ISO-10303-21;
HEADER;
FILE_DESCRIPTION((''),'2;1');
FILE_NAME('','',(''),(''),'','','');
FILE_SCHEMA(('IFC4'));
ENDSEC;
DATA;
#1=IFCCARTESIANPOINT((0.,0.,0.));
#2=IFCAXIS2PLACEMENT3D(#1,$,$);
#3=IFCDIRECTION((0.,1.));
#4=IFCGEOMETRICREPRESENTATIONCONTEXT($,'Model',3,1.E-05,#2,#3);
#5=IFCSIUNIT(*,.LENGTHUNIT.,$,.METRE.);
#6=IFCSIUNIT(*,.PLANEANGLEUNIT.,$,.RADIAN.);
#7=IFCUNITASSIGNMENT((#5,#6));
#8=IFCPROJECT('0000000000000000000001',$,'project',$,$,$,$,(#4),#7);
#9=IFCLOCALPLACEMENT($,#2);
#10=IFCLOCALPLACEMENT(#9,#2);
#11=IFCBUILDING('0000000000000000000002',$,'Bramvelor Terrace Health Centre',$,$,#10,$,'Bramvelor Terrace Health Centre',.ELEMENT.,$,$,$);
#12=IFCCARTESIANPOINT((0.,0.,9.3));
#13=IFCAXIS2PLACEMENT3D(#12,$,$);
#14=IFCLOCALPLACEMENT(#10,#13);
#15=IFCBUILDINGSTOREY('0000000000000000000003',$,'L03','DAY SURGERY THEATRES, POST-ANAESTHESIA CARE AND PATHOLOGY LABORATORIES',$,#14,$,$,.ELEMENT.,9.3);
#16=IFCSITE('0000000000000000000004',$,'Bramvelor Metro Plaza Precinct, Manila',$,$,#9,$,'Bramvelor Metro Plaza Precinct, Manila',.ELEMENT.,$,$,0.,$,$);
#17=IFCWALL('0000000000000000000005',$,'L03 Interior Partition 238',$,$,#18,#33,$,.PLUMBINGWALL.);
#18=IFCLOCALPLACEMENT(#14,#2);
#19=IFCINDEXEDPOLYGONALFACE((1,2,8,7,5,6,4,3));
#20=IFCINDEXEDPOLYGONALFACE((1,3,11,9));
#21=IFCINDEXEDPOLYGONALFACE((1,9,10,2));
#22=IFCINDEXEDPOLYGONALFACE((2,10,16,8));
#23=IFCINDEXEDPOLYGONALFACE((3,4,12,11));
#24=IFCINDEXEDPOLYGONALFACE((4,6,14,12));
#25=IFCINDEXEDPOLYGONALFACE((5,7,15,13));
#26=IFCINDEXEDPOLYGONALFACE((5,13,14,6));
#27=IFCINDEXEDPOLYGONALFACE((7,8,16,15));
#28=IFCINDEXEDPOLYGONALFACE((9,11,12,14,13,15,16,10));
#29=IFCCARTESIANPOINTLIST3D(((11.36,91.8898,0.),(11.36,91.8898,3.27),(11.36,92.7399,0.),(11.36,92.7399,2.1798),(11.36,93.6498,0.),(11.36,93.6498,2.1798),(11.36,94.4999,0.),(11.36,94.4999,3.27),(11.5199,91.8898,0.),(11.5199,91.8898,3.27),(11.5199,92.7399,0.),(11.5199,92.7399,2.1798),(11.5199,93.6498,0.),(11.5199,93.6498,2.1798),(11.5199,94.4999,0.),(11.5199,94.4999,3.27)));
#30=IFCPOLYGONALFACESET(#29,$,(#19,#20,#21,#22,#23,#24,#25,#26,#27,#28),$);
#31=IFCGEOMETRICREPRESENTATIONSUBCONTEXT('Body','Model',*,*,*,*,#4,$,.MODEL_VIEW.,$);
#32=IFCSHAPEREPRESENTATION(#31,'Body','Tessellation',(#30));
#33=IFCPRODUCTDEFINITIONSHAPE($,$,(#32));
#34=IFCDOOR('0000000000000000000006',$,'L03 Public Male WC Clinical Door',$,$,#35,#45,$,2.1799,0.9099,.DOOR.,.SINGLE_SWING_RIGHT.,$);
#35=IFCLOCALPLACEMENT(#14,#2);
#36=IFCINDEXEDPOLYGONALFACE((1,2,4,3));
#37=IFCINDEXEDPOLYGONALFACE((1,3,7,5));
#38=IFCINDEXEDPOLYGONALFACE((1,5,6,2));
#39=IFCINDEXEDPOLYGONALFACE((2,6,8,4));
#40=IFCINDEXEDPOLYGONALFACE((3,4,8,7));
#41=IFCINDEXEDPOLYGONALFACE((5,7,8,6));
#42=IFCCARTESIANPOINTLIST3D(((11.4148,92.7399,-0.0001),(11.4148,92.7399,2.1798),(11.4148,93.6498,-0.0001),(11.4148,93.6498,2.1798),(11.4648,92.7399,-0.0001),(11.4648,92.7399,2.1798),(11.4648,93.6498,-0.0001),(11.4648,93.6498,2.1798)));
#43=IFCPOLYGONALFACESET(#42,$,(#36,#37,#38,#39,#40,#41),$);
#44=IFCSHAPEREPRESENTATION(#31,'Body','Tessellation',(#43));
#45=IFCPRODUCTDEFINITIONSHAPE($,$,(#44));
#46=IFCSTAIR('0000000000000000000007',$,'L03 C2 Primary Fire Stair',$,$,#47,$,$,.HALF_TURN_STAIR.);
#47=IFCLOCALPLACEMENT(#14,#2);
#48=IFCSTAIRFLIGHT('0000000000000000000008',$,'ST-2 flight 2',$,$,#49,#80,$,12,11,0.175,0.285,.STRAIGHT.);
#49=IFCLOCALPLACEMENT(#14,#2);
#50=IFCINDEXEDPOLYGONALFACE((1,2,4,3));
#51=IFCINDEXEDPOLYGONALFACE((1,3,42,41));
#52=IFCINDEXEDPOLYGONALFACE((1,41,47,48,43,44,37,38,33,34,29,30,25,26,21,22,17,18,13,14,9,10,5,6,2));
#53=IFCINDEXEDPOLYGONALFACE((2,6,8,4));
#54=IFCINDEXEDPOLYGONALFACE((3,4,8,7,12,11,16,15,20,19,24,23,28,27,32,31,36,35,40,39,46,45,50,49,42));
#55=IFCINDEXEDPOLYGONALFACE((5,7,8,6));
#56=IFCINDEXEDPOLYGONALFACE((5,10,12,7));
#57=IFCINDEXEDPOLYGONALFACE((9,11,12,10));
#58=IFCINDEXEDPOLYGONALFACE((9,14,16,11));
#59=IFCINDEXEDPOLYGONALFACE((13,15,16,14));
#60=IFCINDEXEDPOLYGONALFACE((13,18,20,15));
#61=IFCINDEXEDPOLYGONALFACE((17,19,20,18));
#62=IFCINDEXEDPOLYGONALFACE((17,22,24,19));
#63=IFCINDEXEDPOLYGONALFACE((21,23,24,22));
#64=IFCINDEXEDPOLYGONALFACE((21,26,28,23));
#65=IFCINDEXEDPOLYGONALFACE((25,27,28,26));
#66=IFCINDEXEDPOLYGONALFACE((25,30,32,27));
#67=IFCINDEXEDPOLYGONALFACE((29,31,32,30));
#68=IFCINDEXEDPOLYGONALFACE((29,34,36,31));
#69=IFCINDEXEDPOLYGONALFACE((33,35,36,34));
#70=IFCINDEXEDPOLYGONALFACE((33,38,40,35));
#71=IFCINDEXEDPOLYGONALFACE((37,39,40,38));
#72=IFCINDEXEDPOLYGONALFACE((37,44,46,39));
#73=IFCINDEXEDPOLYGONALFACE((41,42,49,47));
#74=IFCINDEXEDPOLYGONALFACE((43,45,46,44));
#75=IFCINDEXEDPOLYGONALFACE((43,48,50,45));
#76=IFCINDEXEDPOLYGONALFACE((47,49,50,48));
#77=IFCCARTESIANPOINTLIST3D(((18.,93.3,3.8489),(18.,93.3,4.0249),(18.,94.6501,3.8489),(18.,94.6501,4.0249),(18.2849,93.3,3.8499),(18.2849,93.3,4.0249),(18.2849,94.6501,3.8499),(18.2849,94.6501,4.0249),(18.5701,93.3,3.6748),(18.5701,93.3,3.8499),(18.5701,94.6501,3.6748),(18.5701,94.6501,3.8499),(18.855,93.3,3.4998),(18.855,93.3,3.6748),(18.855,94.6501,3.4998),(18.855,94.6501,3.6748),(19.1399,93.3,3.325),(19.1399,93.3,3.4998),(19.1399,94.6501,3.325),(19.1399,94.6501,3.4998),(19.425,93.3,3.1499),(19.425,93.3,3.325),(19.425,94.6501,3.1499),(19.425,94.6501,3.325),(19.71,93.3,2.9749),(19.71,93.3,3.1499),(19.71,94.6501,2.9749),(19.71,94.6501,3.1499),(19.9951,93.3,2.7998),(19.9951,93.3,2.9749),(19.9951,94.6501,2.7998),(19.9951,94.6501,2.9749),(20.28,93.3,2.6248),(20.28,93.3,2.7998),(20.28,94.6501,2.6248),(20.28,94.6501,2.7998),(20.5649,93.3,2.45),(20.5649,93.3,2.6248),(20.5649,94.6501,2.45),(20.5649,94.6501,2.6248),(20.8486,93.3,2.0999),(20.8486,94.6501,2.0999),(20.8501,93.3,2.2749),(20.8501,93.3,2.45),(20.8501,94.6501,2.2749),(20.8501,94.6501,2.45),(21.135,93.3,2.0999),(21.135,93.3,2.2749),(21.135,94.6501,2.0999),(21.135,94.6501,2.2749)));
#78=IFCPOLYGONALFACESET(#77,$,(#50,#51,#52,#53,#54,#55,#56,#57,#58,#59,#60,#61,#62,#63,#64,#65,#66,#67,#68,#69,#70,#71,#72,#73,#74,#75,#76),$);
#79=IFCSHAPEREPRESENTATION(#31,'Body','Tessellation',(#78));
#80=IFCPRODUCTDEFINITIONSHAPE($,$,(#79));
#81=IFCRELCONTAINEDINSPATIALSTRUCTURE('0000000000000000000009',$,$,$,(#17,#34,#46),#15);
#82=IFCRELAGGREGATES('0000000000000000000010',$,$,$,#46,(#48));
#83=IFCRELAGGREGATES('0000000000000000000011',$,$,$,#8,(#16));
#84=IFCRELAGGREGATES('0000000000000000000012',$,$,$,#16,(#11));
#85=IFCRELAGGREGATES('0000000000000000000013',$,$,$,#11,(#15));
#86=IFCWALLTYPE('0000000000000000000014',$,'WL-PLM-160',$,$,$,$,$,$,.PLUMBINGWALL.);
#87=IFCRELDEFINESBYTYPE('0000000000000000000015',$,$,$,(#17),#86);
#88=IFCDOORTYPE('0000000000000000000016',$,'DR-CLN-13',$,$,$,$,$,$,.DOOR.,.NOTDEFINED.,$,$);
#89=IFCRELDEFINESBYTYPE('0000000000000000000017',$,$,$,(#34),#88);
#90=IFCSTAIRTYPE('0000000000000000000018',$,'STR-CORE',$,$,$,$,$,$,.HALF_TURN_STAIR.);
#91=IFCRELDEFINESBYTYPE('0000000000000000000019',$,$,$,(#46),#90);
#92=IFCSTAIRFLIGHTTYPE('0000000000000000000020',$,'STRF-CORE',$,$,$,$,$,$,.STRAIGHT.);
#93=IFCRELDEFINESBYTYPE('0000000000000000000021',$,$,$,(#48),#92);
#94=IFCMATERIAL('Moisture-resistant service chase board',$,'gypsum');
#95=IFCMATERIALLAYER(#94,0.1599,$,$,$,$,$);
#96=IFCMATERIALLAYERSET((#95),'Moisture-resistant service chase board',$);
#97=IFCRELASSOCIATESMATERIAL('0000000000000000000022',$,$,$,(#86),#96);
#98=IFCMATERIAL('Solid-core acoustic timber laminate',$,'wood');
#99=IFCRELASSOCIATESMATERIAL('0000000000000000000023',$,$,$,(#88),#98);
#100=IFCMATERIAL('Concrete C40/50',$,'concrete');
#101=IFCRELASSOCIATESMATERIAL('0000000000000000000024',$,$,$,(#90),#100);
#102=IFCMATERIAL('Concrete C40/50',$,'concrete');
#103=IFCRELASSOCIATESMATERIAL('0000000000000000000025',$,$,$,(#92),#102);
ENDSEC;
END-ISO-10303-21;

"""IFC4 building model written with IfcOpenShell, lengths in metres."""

from ifc_helpers import new_model, si_unit, direction, frame, frame_2d, origin, place, context, subcontext, project, spatial, polyline, rectangle, outline, extrude, material, layer, layer_set, type_object, element, fill, aggregate, save


model = new_model("IFC4")

# Units and contexts
model_context = context("Model", 3, precision=1e-05, world=origin(), true_north=direction((0.0, 1.0)))
body_context = subcontext(model_context, "Body", "Model", "MODEL_VIEW")
ifc_project = project(units=[si_unit("LENGTHUNIT", "METRE"), si_unit("PLANEANGLEUNIT", "RADIAN")], contexts=[model_context])

# Site, building, storey
site_placement = place(None, origin())
site = spatial("IfcSite", under=ifc_project, at=site_placement, Name="Bramvelor Metro Plaza Precinct, Manila", LongName="Bramvelor Metro Plaza Precinct, Manila", CompositionType="ELEMENT", RefElevation=0.0)
building_placement = place(site_placement, origin())
building = spatial("IfcBuilding", under=site, at=building_placement, Name="Bramvelor Terrace Health Centre", LongName="Bramvelor Terrace Health Centre", CompositionType="ELEMENT")
storey_placement = place(building_placement, frame((0.0, 0.0, 9.3)))
storey = spatial("IfcBuildingStorey", under=building, at=storey_placement, Name="L03", Description="DAY SURGERY THEATRES, POST-ANAESTHESIA CARE AND PATHOLOGY LABORATORIES", CompositionType="ELEMENT", Elevation=9.3)

# Shared definitions
ifc_material_1 = material(Name="Moisture-resistant service chase board", Category="gypsum")
ifc_layer_1 = layer(ifc_material_1, 0.1599)
ifc_layer_set_1 = layer_set([ifc_layer_1], Name="Moisture-resistant service chase board")
wall_type_1 = type_object("IfcWallType", Name="WL-PLM-160", PredefinedType="PLUMBINGWALL", material=ifc_layer_set_1)

# Wall, opening, door
wall_1_placement = place(storey_placement, frame((11.4399, 94.5, 0.0), z_axis=(0.0, 0.0, 1.0), x_axis=(0.0, -1.0, 0.0)))
wall_1 = element("IfcWall", 1, at=wall_1_placement, inside=storey, type_object=wall_type_1, Name="L03 Interior Partition 238", PredefinedType="PLUMBINGWALL", context=body_context, shape_type="SweptSolid", body=[
    extrude(rectangle(XDim=2.6101, YDim=0.1599, at=frame_2d((1.3052, 0.0))), origin(), (0.0, 0.0, 1.0), 3.27),
])
opening_1_placement = place(wall_1_placement, frame((0.8501, 0.0, 0.0)))
opening_1 = element("IfcOpeningElement", 2, at=opening_1_placement, cuts=wall_1, PredefinedType="OPENING", context=body_context, shape_type="SweptSolid", body=[
    extrude(rectangle(XDim=0.9099, YDim=2.1799, at=frame_2d((0.4551, 1.0898))), frame((0.0, 0.0898, 0.0), z_axis=(0.0, -1.0, 0.0), x_axis=(1.0, 0.0, 0.0)), (0.0, 0.0, 1.0), 0.1799),
])
ifc_material_2 = material(Name="Solid-core acoustic timber laminate", Category="wood")
door_type_1 = type_object("IfcDoorType", Name="DR-CLN-13", OperationType="NOTDEFINED", PredefinedType="DOOR", material=ifc_material_2)
door_1_placement = place(opening_1_placement, origin())
door_1 = element("IfcDoor", 3, at=door_1_placement, inside=storey, type_object=door_type_1, Name="L03 Public Male WC Clinical Door", OperationType="SINGLE_SWING_RIGHT", OverallHeight=2.1799, OverallWidth=0.9099, PredefinedType="DOOR", context=body_context, shape_type="SweptSolid", body=[
    extrude(rectangle(XDim=0.9099, YDim=2.1799, at=frame_2d((0.4551, 1.0898))), frame((0.0, 0.0249, 0.0), z_axis=(0.0, -1.0, 0.0), x_axis=(1.0, 0.0, 0.0)), (0.0, 0.0, 1.0), 0.05),
])
fill(opening_1, door_1)

# Stair, stair flight
ifc_material_3 = material(Name="Concrete C40/50", Category="concrete")
stair_type = type_object("IfcStairType", Name="STR-CORE", PredefinedType="HALF_TURN_STAIR", material=ifc_material_3)
stair_placement = place(storey_placement, origin())
stair = element("IfcStair", 4, at=stair_placement, inside=storey, type_object=stair_type, Name="L03 C2 Primary Fire Stair", PredefinedType="HALF_TURN_STAIR")
ifc_material_4 = material(Name="Concrete C40/50", Category="concrete")
stair_flight_type = type_object("IfcStairFlightType", Name="STRF-CORE", PredefinedType="STRAIGHT", material=ifc_material_4)
stair_flight_placement = place(storey_placement, frame((21.135, 93.9751, 2.0999), z_axis=(0.0, 0.0, 1.0), x_axis=(-1.0, 0.0, 0.0)))
stair_flight = element("IfcStairFlight", 5, at=stair_flight_placement, type_object=stair_flight_type, Name="ST-2 flight 2", NumberOfRisers=12, NumberOfTreads=11, PredefinedType="STRAIGHT", RiserHeight=0.175, TreadLength=0.285, context=body_context, shape_type="SweptSolid", body=[
    extrude(outline(polyline([(0.0, 0.0), (0.0, 0.175), (0.2849, 0.175), (0.2849, 0.3501), (0.5701, 0.3501), (0.5701, 0.5249), (0.855, 0.5249), (0.855, 0.7), (1.1399, 0.7), (1.1399, 0.875), (1.425, 0.875), (1.425, 1.05), (1.71, 1.05), (1.71, 1.2251), (1.9951, 1.2251), (1.9951, 1.3999), (2.28, 1.3999), (2.28, 1.575), (2.5649, 1.575), (2.5649, 1.75), (2.8501, 1.75), (2.8501, 1.925), (3.135, 1.925), (3.135, 2.1001), (3.135, 1.749), (0.2864, 0.0), (0.0, 0.0)])), frame((0.0, 0.675, 0.0), z_axis=(0.0, -1.0, 0.0), x_axis=(1.0, 0.0, 0.0)), (0.0, 0.0, 1.0), 1.3501),
])
aggregate(stair, [stair_flight])

save(model, "model.ifc")
